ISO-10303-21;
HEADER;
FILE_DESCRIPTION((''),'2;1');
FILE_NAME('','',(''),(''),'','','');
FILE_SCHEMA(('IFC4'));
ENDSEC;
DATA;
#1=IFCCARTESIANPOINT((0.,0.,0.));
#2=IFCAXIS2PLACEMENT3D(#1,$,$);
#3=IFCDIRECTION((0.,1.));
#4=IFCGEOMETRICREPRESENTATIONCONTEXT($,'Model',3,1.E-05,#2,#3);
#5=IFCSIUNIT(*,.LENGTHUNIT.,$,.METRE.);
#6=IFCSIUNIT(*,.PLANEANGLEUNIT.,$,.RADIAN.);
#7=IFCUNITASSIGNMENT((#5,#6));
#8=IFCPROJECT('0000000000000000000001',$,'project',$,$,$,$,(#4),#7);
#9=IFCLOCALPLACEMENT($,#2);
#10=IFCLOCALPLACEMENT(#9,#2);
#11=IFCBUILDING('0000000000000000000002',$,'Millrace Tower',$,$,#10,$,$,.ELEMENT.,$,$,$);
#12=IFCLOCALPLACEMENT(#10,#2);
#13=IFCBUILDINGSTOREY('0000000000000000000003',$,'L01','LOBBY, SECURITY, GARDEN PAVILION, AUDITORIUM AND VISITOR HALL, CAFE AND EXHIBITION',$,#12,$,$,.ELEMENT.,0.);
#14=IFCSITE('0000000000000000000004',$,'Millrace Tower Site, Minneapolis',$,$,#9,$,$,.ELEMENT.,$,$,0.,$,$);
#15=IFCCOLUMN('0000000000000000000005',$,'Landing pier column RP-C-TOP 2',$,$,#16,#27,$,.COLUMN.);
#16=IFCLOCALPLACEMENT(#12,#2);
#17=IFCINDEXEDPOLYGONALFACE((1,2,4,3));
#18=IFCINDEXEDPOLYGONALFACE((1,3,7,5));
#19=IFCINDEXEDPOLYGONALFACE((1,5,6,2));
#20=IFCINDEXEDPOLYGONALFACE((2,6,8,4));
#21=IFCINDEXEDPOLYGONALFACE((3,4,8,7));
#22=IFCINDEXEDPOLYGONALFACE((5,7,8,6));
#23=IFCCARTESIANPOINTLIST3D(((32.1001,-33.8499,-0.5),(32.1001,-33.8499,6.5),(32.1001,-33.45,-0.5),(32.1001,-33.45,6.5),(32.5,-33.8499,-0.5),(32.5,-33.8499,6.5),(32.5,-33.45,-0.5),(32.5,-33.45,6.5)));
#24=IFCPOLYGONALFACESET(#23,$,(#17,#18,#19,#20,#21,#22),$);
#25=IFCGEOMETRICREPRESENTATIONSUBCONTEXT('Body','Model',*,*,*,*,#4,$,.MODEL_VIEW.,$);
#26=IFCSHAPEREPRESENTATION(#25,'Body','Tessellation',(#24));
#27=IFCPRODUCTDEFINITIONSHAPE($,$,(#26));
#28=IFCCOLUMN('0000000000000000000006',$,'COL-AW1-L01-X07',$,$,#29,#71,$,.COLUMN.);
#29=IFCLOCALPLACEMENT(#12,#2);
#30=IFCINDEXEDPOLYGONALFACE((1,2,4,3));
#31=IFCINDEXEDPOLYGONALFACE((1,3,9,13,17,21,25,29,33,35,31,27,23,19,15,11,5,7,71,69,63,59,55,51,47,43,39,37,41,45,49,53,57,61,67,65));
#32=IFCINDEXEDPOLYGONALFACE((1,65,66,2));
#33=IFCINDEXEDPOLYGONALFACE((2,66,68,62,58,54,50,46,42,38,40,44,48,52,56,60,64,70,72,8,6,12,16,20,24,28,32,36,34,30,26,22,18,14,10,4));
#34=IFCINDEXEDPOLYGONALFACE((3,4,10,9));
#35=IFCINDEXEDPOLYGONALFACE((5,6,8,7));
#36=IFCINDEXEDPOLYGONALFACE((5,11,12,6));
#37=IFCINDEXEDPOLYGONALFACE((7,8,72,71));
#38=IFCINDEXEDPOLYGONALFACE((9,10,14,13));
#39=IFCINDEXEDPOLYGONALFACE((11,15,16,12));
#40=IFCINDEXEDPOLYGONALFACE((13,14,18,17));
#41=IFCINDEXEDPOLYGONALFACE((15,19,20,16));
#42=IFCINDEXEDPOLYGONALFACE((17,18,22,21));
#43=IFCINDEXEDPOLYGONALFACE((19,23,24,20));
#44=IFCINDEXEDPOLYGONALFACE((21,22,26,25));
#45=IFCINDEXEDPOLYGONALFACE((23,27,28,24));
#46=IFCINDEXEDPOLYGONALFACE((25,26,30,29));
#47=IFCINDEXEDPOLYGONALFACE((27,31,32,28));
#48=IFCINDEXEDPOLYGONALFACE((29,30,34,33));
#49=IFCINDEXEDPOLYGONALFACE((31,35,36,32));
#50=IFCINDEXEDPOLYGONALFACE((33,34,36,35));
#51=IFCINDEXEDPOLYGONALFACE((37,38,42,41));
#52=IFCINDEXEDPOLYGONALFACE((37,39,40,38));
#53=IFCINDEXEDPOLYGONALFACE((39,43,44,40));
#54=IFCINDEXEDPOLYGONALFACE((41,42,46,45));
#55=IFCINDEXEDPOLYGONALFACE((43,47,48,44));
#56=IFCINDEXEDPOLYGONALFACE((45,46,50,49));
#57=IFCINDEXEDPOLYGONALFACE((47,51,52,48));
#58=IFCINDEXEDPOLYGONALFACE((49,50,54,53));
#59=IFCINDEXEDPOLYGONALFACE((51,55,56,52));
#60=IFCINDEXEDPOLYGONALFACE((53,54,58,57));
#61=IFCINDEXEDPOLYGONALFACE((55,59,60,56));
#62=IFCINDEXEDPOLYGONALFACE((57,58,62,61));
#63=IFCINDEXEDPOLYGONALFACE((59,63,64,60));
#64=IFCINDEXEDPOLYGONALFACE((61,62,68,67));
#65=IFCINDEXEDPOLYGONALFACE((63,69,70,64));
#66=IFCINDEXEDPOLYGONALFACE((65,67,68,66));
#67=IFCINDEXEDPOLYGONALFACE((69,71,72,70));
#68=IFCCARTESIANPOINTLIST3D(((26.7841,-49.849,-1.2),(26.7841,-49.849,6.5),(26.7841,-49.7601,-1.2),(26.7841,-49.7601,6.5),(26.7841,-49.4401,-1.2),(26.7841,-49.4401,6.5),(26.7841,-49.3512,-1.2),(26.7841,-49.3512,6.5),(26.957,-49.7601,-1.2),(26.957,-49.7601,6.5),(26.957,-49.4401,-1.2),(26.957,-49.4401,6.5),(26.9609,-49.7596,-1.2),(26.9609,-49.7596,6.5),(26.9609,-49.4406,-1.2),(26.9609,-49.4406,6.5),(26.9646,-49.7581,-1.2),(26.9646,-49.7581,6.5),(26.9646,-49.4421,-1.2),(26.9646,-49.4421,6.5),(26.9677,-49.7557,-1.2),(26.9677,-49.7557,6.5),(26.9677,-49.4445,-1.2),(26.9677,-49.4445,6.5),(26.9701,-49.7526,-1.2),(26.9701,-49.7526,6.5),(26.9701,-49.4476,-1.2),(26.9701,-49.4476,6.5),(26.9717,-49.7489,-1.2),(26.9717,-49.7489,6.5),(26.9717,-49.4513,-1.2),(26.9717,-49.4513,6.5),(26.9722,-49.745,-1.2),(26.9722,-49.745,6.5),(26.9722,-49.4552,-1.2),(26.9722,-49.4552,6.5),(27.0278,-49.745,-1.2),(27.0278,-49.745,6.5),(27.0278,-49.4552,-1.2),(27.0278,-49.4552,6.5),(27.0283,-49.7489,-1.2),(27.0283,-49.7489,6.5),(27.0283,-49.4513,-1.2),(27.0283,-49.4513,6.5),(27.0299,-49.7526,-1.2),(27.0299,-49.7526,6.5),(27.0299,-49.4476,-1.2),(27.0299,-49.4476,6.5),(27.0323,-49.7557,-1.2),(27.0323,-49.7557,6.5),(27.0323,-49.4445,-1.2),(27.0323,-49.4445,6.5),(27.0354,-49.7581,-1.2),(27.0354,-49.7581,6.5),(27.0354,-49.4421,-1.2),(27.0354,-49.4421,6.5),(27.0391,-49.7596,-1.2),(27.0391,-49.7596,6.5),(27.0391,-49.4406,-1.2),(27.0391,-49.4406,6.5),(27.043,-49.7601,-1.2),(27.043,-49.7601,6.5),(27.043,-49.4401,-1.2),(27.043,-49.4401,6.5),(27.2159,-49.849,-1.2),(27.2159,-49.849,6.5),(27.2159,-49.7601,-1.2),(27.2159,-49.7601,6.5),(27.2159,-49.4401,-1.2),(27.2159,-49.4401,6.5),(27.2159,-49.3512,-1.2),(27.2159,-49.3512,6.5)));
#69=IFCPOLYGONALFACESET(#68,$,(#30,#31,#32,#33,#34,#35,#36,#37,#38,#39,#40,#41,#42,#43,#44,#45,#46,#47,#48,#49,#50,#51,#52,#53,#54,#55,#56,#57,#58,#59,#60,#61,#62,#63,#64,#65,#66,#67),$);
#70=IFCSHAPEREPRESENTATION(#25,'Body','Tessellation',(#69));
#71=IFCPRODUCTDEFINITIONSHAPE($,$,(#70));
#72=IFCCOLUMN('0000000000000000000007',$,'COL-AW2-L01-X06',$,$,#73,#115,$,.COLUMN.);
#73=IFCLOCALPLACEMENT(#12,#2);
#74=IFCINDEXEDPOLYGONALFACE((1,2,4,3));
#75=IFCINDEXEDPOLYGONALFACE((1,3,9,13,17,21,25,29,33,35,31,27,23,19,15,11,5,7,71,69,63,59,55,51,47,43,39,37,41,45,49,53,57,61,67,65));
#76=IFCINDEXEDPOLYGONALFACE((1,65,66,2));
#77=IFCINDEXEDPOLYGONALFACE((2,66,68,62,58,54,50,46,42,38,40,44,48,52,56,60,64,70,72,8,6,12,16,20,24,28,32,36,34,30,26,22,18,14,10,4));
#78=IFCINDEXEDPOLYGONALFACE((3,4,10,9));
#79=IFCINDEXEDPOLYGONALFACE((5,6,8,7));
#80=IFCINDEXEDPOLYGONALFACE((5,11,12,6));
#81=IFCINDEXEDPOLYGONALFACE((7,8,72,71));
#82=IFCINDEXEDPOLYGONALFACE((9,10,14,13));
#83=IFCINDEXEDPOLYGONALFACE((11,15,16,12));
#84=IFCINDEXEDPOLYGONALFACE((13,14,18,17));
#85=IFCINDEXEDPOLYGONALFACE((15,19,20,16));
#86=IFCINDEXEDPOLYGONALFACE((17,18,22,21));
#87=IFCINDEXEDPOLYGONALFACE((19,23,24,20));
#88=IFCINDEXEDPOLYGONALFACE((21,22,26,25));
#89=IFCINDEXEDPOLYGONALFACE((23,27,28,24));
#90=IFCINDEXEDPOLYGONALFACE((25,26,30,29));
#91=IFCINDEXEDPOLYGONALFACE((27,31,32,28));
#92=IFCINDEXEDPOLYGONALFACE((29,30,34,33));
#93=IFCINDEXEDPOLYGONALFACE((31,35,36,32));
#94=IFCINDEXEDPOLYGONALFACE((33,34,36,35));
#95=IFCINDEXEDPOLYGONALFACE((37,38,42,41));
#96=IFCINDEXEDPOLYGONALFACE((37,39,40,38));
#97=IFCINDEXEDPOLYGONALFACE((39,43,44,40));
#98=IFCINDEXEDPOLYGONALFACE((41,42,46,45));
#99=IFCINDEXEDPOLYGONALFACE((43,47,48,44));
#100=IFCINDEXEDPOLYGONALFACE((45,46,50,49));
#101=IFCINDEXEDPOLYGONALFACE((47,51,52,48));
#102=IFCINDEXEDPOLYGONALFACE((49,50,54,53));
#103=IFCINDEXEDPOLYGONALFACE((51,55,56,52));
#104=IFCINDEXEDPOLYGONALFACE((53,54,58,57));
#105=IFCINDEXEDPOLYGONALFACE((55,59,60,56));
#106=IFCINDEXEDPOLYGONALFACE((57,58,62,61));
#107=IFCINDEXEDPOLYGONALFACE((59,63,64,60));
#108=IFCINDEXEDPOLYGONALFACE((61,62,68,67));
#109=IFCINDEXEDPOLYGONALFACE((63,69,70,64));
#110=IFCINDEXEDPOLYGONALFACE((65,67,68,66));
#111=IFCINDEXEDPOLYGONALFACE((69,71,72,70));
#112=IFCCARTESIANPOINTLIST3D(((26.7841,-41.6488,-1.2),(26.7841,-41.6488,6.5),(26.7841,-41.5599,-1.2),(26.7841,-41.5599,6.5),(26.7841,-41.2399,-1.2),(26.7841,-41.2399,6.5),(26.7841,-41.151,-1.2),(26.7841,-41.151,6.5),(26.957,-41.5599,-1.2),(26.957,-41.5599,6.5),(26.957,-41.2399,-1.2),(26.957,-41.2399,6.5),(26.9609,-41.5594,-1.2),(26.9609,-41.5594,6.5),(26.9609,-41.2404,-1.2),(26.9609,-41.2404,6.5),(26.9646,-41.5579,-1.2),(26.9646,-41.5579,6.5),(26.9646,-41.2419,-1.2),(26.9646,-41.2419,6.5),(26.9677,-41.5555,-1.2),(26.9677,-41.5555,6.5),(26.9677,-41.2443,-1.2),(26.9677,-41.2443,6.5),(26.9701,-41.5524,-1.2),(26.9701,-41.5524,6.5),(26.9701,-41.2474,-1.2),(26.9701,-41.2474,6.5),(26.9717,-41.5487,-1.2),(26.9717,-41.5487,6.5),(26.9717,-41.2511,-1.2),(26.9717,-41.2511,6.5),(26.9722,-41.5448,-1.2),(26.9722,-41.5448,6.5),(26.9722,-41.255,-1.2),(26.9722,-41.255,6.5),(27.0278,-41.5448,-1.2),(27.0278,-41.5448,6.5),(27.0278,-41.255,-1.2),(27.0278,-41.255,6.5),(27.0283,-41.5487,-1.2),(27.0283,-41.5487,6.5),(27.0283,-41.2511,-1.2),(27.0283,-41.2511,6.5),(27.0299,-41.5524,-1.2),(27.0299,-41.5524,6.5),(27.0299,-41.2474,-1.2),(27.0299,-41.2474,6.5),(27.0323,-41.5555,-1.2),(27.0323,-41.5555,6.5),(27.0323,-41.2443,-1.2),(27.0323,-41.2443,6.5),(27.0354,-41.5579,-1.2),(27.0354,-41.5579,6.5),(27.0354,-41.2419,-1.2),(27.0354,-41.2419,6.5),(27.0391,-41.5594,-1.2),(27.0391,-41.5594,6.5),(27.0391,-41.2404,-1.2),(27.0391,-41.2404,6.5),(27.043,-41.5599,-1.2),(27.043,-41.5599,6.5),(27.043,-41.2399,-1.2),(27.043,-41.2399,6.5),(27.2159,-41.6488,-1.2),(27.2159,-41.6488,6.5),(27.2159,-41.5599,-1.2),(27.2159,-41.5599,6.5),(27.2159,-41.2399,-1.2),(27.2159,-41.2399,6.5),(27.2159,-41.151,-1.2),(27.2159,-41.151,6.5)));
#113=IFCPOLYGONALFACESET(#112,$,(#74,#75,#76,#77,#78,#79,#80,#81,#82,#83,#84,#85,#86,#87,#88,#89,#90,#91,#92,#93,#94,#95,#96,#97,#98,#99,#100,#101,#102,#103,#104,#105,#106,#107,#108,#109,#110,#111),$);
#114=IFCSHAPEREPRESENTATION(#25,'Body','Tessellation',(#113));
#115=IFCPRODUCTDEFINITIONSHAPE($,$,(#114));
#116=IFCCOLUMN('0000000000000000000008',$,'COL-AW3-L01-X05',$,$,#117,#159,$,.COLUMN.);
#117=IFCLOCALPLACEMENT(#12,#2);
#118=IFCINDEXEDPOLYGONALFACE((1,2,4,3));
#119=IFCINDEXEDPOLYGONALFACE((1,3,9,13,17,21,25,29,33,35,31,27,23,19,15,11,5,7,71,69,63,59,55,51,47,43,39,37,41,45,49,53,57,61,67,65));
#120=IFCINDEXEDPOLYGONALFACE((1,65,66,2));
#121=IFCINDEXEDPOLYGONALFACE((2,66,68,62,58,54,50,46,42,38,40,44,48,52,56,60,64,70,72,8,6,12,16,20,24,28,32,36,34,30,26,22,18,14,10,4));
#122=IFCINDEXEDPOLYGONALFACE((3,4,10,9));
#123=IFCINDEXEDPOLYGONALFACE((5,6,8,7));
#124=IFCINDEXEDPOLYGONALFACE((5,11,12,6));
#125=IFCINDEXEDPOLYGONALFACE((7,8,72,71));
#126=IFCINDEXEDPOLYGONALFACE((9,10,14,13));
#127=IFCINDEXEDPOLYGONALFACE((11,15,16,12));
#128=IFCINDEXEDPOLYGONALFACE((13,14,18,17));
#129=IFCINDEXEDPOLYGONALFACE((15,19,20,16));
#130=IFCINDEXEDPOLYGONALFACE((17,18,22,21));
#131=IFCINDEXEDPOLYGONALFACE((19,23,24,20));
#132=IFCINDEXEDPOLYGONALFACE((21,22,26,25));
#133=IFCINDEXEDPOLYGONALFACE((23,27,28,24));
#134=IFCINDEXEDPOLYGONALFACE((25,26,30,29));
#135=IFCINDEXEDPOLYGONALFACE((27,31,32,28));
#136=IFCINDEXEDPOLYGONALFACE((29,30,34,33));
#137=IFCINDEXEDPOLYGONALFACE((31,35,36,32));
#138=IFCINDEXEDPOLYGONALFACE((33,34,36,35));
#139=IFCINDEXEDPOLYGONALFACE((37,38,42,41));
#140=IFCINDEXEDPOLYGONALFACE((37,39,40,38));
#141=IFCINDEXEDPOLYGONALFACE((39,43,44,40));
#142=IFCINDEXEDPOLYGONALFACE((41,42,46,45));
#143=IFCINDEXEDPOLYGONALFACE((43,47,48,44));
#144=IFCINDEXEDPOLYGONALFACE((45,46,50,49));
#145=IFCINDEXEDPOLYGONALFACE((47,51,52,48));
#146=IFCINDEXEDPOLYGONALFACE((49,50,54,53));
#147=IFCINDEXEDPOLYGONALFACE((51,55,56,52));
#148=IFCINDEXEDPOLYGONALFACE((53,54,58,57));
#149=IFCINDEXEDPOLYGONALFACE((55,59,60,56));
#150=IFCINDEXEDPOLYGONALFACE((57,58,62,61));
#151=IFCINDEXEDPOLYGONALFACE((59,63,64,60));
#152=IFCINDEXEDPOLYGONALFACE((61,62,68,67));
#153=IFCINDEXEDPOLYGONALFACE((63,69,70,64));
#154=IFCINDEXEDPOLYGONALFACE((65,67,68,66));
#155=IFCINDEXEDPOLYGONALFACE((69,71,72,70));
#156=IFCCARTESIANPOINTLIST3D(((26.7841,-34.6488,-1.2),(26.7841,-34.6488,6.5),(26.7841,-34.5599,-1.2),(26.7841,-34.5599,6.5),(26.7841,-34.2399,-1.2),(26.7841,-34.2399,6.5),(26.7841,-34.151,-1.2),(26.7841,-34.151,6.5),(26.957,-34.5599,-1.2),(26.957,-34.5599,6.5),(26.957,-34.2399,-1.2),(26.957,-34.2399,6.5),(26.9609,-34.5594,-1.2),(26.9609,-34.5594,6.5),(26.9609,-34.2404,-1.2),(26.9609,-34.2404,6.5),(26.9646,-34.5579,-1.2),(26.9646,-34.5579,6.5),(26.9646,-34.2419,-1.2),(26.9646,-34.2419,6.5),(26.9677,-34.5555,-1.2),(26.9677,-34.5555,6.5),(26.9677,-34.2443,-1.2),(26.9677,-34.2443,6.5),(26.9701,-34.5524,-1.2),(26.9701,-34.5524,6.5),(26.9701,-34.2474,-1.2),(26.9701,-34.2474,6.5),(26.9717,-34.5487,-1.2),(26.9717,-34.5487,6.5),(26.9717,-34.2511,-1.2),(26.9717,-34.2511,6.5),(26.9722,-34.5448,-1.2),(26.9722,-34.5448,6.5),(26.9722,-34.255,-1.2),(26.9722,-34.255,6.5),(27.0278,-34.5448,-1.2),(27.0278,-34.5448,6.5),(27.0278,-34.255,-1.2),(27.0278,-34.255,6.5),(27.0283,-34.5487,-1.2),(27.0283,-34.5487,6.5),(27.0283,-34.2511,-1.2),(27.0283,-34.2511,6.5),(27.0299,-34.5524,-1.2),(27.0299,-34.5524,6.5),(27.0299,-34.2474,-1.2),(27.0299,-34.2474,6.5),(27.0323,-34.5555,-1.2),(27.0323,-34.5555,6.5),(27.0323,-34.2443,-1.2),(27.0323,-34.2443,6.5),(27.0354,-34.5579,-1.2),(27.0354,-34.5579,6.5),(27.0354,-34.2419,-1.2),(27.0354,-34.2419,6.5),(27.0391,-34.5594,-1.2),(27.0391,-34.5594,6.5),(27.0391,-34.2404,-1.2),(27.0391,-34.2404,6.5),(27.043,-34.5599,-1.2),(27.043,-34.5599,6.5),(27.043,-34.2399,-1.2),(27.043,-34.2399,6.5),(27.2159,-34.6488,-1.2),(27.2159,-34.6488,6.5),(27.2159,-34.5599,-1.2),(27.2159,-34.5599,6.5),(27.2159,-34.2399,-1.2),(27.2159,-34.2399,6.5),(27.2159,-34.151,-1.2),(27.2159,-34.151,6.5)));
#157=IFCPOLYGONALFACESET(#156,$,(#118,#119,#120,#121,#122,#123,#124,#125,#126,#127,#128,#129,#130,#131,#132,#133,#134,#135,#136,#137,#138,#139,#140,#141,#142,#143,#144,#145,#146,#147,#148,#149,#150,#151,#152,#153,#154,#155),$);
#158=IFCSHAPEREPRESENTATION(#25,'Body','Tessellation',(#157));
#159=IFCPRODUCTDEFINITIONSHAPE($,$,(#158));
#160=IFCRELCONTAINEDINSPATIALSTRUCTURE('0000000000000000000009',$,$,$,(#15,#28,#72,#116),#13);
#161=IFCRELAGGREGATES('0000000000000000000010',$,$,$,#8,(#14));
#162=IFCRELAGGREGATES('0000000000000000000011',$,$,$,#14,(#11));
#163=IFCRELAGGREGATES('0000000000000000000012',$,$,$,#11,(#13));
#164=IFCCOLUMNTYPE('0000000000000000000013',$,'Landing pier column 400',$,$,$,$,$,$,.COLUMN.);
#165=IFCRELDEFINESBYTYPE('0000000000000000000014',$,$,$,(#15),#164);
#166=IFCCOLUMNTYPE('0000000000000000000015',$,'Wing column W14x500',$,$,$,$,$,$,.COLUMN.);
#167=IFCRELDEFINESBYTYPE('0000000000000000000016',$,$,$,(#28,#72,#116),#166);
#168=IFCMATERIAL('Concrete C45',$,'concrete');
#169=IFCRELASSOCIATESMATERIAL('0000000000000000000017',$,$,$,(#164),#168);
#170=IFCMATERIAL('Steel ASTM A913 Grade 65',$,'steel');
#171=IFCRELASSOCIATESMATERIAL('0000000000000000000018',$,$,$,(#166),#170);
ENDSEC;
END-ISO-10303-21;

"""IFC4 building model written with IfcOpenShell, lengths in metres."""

from ifc_helpers import new_model, si_unit, direction, frame, origin, origin_2d, place, context, subcontext, project, spatial, rectangle, i_section, extrude, material, material_profile, profile_set, type_object, element, save


model = new_model("IFC4")

# Units and contexts
model_context = context("Model", 3, precision=1e-05, world=origin(), true_north=direction((0.0, 1.0)))
body_context = subcontext(model_context, "Body", "Model", "MODEL_VIEW")
ifc_project = project(units=[si_unit("LENGTHUNIT", "METRE"), si_unit("PLANEANGLEUNIT", "RADIAN")], contexts=[model_context])

# Site, building, storey
site_placement = place(None, origin())
site = spatial("IfcSite", under=ifc_project, at=site_placement, Name="Millrace Tower Site, Minneapolis", CompositionType="ELEMENT", RefElevation=0.0)
building_placement = place(site_placement, origin())
building = spatial("IfcBuilding", under=site, at=building_placement, Name="Millrace Tower", CompositionType="ELEMENT")
storey_placement = place(building_placement, origin())
storey = spatial("IfcBuildingStorey", under=building, at=storey_placement, Name="L01", Description="LOBBY, SECURITY, GARDEN PAVILION, AUDITORIUM AND VISITOR HALL, CAFE AND EXHIBITION", CompositionType="ELEMENT", Elevation=0.0)

# Columns
ifc_material_1 = material(Name="Concrete C45", Category="concrete")
ifc_material_profile_1 = material_profile(ifc_material_1, rectangle(XDim=0.3999, YDim=0.3999, at=origin_2d()))
ifc_profile_set_1 = profile_set([ifc_material_profile_1], Name="Concrete C45")
column_type_1 = type_object("IfcColumnType", Name="Landing pier column 400", PredefinedType="COLUMN", material=ifc_profile_set_1)
for number, where, z_axis, x_axis, name in (
    (1, (32.3, -33.6499, -0.5), (0.0, 0.0, 1.0), (1.0, 0.0, 0.0), "Landing pier column RP-C-TOP 2"),
):
    element("IfcColumn", number, at=place(storey_placement, frame(where, z_axis=z_axis, x_axis=x_axis)), inside=storey, type_object=column_type_1, Name=name, PredefinedType="COLUMN", context=body_context, shape_type="SweptSolid", body=[
        extrude(rectangle(XDim=0.3999, YDim=0.3999, at=origin_2d()), origin(), (0.0, 0.0, 1.0), 7.0),
    ])
ifc_material_2 = material(Name="Steel ASTM A913 Grade 65", Category="steel")
ifc_material_profile_2 = material_profile(ifc_material_2, i_section(OverallWidth=0.4319, OverallDepth=0.4978, WebThickness=0.0557, FlangeThickness=0.0889, FilletRadius=0.0151, at=origin_2d()))
ifc_profile_set_2 = profile_set([ifc_material_profile_2], Name="Steel ASTM A913 Grade 65")
column_type_2 = type_object("IfcColumnType", Name="Wing column W14x500", PredefinedType="COLUMN", material=ifc_profile_set_2)
for number, where, z_axis, x_axis, name in (
    (2, (27.0, -49.6001, -1.2), (0.0, 0.0, 1.0), (1.0, 0.0, 0.0), "COL-AW1-L01-X07"),
    (3, (27.0, -41.3999, -1.2), (0.0, 0.0, 1.0), (1.0, 0.0, 0.0), "COL-AW2-L01-X06"),
    (4, (27.0, -34.3999, -1.2), (0.0, 0.0, 1.0), (1.0, 0.0, 0.0), "COL-AW3-L01-X05"),
):
    element("IfcColumn", number, at=place(storey_placement, frame(where, z_axis=z_axis, x_axis=x_axis)), inside=storey, type_object=column_type_2, Name=name, PredefinedType="COLUMN", context=body_context, shape_type="SweptSolid", body=[
        extrude(i_section(OverallWidth=0.4319, OverallDepth=0.4978, WebThickness=0.0557, FlangeThickness=0.0889, FilletRadius=0.0151, at=origin_2d()), origin(), (0.0, 0.0, 1.0), 7.7),
    ])

save(model, "model.ifc")
